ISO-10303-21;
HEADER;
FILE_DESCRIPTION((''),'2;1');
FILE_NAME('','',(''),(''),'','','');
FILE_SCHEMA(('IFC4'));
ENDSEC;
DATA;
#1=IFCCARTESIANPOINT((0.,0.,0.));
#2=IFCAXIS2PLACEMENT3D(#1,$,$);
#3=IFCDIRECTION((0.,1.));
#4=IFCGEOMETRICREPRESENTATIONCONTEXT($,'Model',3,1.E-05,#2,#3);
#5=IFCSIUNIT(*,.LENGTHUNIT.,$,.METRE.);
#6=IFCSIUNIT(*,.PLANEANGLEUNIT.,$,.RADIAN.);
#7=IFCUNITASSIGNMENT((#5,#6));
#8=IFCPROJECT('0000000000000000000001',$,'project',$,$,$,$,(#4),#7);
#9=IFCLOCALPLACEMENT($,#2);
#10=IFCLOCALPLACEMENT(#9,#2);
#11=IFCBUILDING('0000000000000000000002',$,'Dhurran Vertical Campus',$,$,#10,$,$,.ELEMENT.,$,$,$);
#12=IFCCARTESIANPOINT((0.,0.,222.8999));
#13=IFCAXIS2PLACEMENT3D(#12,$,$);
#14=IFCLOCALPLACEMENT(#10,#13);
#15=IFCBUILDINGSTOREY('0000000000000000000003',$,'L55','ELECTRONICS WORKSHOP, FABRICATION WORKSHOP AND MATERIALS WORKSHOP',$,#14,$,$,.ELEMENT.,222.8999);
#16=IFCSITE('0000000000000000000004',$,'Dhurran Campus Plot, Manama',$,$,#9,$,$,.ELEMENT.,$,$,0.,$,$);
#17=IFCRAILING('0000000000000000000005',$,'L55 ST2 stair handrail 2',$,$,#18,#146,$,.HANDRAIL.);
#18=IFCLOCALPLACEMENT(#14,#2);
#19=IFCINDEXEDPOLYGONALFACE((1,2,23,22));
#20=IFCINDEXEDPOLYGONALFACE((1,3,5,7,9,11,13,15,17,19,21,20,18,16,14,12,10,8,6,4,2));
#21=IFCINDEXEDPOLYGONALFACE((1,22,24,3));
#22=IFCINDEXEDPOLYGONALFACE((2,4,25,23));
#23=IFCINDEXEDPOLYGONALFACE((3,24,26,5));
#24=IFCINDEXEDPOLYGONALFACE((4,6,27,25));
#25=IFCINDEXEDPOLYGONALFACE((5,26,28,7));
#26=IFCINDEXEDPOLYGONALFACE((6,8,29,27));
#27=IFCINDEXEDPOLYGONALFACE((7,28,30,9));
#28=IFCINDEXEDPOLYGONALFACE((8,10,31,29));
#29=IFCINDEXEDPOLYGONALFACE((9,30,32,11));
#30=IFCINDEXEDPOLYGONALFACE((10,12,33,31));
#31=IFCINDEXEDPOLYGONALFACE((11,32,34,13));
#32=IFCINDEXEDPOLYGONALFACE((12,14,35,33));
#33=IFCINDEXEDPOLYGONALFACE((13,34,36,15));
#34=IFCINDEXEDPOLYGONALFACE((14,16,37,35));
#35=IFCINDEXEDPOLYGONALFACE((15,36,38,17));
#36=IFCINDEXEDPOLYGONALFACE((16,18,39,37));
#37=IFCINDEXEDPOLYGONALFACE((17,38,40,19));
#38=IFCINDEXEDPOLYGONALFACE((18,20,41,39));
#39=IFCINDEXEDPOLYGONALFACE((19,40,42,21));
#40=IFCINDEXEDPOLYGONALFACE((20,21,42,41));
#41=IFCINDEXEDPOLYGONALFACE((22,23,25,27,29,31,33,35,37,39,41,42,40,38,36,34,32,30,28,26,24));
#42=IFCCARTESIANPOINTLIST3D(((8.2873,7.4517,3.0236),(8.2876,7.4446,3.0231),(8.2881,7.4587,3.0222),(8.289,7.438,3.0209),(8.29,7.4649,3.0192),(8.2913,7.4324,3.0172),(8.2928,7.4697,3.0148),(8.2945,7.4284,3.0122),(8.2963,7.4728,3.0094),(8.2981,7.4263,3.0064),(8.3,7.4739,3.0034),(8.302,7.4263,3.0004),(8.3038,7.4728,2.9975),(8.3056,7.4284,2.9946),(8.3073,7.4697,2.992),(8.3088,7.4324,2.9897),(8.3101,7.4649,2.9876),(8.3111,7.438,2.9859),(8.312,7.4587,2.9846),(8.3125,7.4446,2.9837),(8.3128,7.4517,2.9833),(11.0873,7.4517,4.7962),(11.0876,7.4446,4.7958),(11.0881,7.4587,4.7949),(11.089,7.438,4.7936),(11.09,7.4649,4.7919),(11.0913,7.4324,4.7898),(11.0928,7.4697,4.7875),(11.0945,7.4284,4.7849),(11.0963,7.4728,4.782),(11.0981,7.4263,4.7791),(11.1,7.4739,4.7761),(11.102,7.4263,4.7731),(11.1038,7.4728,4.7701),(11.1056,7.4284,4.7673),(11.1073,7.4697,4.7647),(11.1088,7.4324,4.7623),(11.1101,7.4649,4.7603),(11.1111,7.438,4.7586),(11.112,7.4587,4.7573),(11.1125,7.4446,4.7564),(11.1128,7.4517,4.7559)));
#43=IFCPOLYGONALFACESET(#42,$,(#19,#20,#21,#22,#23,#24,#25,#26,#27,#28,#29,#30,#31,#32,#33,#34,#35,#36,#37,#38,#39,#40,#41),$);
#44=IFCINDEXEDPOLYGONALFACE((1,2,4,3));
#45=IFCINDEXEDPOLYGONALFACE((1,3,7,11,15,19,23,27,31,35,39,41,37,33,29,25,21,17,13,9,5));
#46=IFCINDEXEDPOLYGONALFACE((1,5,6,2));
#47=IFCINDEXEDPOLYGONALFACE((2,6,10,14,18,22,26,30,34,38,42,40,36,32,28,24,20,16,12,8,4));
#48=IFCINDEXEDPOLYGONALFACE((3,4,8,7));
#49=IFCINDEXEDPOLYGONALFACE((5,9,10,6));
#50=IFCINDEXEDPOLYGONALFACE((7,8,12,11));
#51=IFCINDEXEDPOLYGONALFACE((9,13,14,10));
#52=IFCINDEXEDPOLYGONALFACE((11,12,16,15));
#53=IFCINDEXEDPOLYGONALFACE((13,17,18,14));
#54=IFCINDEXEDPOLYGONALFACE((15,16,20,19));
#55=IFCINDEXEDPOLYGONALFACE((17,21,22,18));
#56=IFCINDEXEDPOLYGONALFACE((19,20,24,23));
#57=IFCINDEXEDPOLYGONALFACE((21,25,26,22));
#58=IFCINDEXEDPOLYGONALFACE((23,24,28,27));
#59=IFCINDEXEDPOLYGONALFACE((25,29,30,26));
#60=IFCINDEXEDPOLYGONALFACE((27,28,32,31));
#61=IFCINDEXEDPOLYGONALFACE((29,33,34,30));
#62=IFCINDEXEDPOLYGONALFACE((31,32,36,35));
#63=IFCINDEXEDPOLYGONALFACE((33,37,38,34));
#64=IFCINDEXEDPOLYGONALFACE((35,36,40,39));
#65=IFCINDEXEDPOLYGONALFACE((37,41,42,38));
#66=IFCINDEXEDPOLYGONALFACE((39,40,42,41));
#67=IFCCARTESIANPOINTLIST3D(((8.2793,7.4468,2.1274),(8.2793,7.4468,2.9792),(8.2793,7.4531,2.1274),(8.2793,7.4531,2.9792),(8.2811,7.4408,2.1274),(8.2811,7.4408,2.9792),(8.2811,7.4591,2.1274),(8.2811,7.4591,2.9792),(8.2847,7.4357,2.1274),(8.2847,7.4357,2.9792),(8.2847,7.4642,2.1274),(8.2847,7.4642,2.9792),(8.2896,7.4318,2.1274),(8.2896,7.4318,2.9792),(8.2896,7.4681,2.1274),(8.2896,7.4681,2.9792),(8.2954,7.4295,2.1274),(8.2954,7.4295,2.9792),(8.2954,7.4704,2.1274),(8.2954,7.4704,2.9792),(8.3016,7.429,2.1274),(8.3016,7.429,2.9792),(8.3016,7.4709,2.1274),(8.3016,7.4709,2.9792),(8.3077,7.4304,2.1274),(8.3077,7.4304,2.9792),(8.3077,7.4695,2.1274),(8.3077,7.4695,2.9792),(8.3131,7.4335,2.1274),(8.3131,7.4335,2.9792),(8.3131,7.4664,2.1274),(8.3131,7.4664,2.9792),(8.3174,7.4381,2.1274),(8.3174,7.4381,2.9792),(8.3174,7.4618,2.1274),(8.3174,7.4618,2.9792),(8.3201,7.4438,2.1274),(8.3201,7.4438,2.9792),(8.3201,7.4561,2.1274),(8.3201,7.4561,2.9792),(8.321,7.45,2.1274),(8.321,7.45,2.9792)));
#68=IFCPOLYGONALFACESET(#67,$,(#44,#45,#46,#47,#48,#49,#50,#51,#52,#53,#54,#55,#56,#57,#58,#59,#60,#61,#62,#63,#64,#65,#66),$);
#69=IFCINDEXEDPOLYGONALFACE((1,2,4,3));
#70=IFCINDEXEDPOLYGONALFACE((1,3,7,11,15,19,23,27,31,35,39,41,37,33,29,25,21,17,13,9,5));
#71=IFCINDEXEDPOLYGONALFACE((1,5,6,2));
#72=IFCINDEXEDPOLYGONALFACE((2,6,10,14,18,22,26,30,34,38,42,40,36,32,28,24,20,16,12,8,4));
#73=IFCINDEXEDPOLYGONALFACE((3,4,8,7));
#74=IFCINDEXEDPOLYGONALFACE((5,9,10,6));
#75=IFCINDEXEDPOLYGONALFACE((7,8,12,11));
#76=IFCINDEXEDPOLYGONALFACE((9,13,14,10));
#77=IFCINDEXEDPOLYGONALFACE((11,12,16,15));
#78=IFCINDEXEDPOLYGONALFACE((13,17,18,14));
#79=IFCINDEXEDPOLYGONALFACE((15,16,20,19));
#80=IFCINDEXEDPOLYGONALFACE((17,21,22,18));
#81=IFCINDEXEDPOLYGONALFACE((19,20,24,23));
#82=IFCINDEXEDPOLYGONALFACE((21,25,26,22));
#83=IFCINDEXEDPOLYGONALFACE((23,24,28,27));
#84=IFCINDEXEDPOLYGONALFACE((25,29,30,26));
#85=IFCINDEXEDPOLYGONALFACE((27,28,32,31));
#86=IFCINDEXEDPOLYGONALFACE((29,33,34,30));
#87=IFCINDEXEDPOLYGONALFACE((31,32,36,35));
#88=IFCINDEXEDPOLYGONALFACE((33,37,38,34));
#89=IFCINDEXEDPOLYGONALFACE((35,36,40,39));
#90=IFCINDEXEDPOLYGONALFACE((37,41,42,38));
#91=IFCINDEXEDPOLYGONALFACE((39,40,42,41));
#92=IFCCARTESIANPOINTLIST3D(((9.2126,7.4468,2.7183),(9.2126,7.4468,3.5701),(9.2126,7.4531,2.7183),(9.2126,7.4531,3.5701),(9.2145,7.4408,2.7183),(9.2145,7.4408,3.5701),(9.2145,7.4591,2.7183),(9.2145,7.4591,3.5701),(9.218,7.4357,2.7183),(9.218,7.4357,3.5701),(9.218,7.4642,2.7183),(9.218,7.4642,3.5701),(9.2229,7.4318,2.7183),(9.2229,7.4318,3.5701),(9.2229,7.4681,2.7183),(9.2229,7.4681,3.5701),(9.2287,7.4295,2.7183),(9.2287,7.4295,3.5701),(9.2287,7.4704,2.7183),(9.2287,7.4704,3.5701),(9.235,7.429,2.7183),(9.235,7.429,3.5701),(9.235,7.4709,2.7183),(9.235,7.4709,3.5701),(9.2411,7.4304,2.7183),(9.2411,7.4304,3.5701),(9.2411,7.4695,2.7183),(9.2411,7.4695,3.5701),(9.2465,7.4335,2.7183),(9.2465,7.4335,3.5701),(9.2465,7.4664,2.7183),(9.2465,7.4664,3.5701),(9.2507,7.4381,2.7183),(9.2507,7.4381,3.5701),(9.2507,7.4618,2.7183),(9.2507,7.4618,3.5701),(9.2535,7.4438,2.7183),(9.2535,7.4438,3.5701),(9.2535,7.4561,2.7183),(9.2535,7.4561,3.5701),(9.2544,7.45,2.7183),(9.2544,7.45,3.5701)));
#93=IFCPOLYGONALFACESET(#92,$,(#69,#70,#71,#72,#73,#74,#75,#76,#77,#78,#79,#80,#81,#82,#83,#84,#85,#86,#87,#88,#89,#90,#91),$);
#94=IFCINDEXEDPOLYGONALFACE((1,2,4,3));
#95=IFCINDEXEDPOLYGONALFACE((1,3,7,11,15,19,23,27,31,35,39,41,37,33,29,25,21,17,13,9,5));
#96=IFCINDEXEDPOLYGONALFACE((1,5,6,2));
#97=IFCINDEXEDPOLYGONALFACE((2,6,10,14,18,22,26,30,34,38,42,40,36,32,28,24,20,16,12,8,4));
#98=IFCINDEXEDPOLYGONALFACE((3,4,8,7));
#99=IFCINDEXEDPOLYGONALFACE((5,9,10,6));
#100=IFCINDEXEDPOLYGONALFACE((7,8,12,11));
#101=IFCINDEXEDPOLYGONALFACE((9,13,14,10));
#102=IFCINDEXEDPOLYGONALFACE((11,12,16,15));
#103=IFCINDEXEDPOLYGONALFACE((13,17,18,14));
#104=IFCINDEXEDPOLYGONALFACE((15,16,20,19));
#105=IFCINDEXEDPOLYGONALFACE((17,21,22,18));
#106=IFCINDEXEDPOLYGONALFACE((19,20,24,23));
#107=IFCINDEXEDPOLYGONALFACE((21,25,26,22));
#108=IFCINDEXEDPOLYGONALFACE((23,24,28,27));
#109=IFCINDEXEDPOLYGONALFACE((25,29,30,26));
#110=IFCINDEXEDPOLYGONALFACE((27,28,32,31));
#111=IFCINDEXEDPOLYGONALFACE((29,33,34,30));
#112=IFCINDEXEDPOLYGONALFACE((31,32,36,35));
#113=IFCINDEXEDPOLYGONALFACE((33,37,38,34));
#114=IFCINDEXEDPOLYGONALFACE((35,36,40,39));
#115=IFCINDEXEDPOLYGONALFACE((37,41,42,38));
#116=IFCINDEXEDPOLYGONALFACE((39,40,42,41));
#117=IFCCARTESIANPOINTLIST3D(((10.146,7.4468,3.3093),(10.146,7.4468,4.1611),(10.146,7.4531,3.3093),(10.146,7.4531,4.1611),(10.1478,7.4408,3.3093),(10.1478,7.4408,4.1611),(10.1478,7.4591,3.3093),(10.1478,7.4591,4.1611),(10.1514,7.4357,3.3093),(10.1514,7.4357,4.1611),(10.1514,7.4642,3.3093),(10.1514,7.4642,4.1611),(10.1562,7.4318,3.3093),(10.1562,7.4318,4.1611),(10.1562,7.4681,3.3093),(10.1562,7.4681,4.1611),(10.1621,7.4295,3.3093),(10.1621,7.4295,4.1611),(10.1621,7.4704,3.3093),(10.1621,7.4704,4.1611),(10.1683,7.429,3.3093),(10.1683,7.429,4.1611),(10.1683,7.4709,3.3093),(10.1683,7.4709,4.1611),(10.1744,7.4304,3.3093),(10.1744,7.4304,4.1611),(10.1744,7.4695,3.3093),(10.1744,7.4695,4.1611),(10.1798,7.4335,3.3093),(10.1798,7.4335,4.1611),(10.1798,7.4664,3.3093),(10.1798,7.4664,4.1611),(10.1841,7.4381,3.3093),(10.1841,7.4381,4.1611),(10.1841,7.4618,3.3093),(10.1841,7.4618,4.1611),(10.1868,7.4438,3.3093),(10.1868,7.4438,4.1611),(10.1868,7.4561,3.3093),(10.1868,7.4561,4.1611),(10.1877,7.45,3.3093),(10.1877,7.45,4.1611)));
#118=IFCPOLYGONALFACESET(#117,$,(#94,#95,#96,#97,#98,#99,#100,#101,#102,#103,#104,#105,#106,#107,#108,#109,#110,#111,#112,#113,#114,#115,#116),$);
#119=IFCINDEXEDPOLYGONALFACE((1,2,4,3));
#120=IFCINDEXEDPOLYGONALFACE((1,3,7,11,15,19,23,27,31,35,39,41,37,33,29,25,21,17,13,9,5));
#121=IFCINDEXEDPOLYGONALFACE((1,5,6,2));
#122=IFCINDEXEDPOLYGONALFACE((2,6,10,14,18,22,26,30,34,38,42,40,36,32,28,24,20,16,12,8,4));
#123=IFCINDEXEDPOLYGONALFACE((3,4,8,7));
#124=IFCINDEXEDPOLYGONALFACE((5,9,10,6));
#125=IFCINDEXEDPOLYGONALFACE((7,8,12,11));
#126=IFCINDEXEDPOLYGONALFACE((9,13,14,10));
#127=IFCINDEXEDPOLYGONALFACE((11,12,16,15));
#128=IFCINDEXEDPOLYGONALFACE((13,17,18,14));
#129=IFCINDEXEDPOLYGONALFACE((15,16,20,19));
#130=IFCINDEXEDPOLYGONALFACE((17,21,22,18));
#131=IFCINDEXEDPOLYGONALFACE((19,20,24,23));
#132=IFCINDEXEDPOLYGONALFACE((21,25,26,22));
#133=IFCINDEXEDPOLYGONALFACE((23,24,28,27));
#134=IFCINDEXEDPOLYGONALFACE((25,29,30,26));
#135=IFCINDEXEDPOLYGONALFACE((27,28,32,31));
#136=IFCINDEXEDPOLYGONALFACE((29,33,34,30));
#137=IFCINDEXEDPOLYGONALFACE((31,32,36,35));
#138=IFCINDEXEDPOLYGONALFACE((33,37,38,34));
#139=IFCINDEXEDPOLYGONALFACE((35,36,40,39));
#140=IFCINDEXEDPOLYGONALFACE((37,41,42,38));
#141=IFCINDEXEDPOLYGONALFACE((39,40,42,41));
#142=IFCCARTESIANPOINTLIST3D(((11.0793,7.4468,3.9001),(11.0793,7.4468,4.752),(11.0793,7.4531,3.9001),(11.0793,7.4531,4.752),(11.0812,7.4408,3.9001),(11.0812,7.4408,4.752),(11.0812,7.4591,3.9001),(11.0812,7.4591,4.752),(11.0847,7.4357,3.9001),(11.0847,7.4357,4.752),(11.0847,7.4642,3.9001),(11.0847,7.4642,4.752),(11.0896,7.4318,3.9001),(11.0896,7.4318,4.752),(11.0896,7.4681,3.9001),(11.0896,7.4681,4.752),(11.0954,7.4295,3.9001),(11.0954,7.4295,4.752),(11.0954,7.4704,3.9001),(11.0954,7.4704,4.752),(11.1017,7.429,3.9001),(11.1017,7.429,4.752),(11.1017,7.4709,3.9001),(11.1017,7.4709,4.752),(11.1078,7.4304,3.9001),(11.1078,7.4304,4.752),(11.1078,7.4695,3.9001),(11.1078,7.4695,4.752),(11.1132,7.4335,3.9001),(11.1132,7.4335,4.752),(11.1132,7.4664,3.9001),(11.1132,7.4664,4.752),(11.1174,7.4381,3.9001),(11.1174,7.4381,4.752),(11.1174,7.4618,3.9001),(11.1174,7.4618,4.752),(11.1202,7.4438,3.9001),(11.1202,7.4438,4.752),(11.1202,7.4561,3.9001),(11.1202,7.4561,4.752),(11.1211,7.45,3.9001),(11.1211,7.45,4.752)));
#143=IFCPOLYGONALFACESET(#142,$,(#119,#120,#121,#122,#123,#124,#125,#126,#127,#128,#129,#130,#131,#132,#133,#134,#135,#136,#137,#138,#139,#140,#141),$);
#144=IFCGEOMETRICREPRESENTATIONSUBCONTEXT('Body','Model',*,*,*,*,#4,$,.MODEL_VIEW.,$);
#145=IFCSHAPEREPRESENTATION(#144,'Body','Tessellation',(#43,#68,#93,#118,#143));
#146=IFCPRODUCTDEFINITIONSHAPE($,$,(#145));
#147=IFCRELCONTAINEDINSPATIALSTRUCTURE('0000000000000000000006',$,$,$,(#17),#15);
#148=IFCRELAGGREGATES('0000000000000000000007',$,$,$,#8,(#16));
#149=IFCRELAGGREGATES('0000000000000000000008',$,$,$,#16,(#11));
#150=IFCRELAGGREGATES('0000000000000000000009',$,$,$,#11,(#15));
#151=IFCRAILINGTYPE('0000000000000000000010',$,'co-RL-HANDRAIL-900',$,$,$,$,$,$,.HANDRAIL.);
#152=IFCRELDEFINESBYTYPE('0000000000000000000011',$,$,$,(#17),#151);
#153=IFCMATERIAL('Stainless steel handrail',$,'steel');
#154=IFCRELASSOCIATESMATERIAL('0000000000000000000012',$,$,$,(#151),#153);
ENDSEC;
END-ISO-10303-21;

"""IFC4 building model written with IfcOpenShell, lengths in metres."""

from ifc_helpers import new_model, si_unit, direction, frame, origin, origin_2d, place, context, subcontext, project, spatial, circle, extrude, material, type_object, element, save


model = new_model("IFC4")

# Units and contexts
model_context = context("Model", 3, precision=1e-05, world=origin(), true_north=direction((0.0, 1.0)))
body_context = subcontext(model_context, "Body", "Model", "MODEL_VIEW")
ifc_project = project(units=[si_unit("LENGTHUNIT", "METRE"), si_unit("PLANEANGLEUNIT", "RADIAN")], contexts=[model_context])

# Site, building, storey
site_placement = place(None, origin())
site = spatial("IfcSite", under=ifc_project, at=site_placement, Name="Dhurran Campus Plot, Manama", CompositionType="ELEMENT", RefElevation=0.0)
building_placement = place(site_placement, origin())
building = spatial("IfcBuilding", under=site, at=building_placement, Name="Dhurran Vertical Campus", CompositionType="ELEMENT")
storey_placement = place(building_placement, frame((0.0, 0.0, 222.8999)))
storey = spatial("IfcBuildingStorey", under=building, at=storey_placement, Name="L55", Description="ELECTRONICS WORKSHOP, FABRICATION WORKSHOP AND MATERIALS WORKSHOP", CompositionType="ELEMENT", Elevation=222.8999)

# Railing
ifc_material_1 = material(Name="Stainless steel handrail", Category="steel")
railing_type_1 = type_object("IfcRailingType", Name="co-RL-HANDRAIL-900", PredefinedType="HANDRAIL", material=ifc_material_1)
railing_1_placement = place(storey_placement, frame((8.3, 7.45, 2.1274)))
element("IfcRailing", 1, at=railing_1_placement, inside=storey, type_object=railing_type_1, Name="L55 ST2 stair handrail 2", PredefinedType="HANDRAIL", context=body_context, shape_type="SweptSolid", body=[
    extrude(circle(Radius=0.0239, at=origin_2d()), frame((0.0, 0.0, 0.876), z_axis=(0.844909, 0.0, 0.53491), x_axis=(0.0, 1.0, 0.0)), (0.0, 0.0, 1.0), 3.314),
    extrude(circle(Radius=0.021, at=origin_2d()), origin(), (0.0, 0.0, 1.0), 0.8518),
    extrude(circle(Radius=0.021, at=origin_2d()), frame((0.9333, 0.0, 0.5908)), (0.0, 0.0, 1.0), 0.8518),
    extrude(circle(Radius=0.021, at=origin_2d()), frame((1.8667, 0.0, 1.1819)), (0.0, 0.0, 1.0), 0.8518),
    extrude(circle(Radius=0.021, at=origin_2d()), frame((2.8, 0.0, 1.7727)), (0.0, 0.0, 1.0), 0.8518),
])

save(model, "model.ifc")
